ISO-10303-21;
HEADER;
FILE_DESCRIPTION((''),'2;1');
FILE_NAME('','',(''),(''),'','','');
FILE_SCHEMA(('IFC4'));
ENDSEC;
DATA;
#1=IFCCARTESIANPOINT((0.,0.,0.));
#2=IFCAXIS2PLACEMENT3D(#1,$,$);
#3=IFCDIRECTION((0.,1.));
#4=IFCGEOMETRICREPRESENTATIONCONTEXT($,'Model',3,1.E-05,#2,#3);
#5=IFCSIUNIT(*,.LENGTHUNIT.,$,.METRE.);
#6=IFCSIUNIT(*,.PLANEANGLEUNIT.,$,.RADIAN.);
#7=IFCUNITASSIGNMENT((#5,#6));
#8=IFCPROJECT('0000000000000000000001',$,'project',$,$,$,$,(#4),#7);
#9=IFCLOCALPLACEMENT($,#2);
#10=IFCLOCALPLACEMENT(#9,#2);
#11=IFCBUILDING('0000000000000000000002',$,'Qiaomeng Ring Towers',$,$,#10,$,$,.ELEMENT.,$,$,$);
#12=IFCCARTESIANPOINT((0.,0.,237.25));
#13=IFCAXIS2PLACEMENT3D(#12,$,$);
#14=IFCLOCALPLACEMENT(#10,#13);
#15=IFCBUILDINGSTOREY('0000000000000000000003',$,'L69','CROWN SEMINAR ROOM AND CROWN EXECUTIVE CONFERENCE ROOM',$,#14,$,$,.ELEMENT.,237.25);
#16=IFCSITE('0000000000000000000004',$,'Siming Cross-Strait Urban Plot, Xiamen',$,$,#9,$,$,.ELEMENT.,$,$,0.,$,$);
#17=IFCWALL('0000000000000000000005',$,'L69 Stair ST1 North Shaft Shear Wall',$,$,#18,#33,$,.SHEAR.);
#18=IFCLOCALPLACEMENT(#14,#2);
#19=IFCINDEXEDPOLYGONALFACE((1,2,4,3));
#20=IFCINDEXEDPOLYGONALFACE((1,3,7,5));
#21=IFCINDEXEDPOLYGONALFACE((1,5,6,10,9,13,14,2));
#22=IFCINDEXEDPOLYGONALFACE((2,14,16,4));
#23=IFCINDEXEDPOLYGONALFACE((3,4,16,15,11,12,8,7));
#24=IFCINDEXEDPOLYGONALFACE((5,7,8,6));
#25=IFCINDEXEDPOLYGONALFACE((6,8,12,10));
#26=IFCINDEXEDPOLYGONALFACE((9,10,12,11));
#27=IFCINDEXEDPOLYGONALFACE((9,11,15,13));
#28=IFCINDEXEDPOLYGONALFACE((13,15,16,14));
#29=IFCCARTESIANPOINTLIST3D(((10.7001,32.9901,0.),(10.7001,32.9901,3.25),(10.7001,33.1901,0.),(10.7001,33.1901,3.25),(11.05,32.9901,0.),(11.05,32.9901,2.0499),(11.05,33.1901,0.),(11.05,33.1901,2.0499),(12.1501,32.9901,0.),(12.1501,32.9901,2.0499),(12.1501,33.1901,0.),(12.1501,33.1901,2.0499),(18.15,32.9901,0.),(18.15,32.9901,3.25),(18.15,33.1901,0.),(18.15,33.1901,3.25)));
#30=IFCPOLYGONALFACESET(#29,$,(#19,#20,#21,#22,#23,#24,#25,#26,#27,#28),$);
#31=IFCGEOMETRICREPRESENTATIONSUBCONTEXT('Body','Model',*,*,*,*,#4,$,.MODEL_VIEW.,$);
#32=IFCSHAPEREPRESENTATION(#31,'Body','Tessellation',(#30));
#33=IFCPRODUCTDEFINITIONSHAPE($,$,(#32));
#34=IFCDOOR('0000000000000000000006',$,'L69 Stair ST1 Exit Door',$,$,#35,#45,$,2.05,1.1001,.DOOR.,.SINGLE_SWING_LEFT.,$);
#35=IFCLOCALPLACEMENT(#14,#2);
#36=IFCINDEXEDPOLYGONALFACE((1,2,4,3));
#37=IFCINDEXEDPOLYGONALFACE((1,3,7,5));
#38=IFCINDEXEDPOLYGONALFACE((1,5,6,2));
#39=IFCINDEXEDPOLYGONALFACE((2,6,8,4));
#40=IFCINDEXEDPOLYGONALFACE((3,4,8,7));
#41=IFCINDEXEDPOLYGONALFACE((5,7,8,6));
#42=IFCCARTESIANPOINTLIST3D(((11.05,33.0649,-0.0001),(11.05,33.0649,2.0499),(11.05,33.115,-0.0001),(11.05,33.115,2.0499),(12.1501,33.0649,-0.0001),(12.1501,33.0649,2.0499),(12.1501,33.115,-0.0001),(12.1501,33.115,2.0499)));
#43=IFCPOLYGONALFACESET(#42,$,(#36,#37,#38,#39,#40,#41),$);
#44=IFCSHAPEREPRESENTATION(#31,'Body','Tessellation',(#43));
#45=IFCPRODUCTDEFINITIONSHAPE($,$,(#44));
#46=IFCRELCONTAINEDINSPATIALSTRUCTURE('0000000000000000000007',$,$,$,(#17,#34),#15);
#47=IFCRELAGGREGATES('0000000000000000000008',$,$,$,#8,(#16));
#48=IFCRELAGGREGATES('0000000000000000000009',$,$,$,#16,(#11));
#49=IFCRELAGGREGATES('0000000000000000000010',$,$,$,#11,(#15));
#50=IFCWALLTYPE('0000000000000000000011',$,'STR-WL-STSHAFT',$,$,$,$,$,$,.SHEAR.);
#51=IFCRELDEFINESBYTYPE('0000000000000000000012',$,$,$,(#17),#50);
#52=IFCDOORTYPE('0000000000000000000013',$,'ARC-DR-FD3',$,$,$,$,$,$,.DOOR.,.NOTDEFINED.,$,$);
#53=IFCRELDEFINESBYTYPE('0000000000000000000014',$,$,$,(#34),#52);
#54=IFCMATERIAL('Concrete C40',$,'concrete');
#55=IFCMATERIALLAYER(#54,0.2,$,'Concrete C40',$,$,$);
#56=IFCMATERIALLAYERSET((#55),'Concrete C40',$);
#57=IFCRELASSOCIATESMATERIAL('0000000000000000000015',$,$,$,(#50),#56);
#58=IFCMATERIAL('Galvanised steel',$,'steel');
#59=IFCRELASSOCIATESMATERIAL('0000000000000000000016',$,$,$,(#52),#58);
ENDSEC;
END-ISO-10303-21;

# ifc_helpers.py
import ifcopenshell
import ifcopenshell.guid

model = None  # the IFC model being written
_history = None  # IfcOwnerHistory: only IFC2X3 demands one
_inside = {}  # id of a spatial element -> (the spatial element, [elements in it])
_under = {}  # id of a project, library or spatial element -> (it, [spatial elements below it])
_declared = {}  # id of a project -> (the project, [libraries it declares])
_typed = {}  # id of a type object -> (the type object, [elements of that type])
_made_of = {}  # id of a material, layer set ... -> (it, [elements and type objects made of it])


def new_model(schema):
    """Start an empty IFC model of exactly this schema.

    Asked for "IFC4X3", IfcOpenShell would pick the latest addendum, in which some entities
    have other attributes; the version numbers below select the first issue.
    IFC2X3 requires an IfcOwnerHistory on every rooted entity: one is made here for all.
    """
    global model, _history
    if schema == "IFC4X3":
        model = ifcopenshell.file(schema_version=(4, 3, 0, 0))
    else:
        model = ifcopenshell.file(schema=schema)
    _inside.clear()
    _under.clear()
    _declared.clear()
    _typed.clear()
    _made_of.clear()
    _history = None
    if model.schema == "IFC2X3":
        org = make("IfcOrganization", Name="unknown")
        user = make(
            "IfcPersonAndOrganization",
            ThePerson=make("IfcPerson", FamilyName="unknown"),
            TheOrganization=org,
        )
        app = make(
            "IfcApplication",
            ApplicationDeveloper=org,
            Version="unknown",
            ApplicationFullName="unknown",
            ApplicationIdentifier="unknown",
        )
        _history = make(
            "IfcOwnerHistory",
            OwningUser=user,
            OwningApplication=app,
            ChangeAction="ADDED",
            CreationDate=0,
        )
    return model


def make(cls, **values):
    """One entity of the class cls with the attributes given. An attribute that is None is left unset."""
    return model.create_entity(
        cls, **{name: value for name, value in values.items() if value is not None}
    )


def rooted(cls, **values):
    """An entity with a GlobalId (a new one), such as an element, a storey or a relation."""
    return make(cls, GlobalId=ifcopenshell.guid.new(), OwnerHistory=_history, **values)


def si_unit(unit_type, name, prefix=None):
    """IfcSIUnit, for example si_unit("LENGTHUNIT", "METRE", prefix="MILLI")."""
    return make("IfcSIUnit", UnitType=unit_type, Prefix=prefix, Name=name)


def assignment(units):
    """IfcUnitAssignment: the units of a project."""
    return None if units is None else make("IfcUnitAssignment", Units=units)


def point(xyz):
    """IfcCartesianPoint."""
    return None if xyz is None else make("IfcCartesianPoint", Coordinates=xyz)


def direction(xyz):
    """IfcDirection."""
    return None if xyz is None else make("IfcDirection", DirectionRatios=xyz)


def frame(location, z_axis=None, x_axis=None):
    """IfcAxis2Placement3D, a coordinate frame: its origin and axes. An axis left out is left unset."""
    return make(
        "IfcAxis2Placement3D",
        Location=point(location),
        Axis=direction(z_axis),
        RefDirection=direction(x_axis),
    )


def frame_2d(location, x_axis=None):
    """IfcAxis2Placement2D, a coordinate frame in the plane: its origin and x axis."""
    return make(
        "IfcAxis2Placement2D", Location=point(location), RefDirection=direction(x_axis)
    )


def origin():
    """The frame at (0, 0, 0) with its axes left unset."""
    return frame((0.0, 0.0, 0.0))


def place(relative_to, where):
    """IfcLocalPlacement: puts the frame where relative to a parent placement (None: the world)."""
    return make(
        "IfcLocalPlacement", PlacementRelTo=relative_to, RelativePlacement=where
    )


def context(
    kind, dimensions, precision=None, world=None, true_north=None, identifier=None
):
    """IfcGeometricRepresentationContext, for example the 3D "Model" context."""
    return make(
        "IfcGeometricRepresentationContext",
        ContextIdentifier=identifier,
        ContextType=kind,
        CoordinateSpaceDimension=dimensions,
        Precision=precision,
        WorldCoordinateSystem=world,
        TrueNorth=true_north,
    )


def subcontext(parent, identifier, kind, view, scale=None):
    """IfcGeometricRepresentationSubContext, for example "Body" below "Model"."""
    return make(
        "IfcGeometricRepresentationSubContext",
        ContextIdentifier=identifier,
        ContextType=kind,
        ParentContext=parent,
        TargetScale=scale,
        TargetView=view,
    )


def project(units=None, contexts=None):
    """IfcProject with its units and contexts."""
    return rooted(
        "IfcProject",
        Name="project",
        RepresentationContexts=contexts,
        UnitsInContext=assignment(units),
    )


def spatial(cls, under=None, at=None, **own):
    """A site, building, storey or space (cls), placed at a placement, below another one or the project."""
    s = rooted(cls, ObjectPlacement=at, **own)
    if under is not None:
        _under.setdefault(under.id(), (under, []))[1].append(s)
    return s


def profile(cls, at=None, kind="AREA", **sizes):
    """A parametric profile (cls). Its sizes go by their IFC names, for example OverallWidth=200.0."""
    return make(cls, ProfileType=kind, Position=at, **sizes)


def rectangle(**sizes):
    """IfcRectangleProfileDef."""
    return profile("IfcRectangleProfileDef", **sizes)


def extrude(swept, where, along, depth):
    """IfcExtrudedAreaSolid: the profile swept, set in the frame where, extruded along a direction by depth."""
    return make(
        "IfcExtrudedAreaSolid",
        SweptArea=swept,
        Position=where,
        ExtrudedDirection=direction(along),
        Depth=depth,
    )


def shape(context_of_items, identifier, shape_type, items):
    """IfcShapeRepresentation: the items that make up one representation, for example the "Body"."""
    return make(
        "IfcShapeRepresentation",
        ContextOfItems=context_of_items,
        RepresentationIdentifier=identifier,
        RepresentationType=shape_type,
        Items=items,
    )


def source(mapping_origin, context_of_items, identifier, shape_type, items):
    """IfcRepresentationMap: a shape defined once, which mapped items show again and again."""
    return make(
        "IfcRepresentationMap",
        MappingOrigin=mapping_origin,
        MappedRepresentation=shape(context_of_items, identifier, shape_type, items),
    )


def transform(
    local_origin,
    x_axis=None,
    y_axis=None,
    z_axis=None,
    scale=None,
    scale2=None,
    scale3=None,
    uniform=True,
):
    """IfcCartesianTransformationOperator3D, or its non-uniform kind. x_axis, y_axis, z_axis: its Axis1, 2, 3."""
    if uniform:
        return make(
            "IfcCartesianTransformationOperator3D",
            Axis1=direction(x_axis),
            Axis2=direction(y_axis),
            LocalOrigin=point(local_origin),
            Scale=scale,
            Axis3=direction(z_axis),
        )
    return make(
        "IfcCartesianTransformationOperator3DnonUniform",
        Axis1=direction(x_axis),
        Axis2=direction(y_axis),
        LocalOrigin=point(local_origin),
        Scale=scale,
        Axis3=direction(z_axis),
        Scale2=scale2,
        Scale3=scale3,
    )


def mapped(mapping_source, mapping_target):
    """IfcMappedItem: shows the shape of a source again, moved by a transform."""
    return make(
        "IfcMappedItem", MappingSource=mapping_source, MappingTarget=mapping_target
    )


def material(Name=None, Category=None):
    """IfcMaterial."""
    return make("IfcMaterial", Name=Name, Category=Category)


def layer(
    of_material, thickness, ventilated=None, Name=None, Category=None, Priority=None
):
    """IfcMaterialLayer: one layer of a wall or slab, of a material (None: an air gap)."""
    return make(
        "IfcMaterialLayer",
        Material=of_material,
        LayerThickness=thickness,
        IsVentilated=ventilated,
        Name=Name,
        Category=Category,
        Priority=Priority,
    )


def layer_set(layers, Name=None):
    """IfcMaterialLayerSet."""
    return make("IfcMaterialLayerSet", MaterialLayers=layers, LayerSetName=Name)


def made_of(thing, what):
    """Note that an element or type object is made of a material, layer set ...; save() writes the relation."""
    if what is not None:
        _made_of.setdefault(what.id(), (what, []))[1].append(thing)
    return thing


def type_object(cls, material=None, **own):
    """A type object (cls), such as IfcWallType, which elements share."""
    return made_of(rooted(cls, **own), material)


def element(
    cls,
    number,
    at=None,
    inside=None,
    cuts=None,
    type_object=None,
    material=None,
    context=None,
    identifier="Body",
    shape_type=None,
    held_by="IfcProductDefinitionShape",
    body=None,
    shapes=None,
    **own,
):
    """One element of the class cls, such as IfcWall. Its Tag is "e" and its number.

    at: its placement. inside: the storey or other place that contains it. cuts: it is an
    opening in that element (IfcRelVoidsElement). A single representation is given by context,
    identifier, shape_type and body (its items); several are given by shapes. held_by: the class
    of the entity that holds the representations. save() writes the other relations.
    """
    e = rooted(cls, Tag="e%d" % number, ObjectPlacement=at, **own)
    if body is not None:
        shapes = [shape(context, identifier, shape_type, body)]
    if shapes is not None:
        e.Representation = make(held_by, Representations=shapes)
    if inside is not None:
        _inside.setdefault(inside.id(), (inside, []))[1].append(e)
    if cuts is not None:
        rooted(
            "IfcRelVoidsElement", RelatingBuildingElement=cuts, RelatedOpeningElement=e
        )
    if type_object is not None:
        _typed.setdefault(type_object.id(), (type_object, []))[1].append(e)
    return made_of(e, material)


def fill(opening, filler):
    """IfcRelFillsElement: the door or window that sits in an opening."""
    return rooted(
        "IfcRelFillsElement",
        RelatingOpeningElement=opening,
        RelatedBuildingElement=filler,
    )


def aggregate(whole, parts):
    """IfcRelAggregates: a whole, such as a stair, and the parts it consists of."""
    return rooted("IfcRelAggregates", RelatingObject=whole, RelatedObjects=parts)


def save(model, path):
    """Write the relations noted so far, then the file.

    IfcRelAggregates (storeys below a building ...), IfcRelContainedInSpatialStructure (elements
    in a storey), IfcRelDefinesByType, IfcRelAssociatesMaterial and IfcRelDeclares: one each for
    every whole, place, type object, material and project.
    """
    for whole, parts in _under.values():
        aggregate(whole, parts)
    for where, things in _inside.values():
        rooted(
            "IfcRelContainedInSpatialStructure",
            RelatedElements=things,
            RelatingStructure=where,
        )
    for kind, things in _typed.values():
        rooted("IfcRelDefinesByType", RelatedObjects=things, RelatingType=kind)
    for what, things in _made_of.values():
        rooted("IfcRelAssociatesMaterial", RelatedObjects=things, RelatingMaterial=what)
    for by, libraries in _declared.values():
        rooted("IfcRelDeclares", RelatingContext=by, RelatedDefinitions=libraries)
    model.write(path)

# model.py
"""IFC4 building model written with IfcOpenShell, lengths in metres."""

from ifc_helpers import new_model, si_unit, direction, frame, frame_2d, origin, place, context, subcontext, project, spatial, rectangle, extrude, source, transform, mapped, material, layer, layer_set, type_object, element, fill, save


model = new_model("IFC4")

# Units and contexts
model_context = context("Model", 3, precision=1e-05, world=origin(), true_north=direction((0.0, 1.0)))
body_context = subcontext(model_context, "Body", "Model", "MODEL_VIEW")
ifc_project = project(units=[si_unit("LENGTHUNIT", "METRE"), si_unit("PLANEANGLEUNIT", "RADIAN")], contexts=[model_context])

# Site, building, storey
site_placement = place(None, origin())
site = spatial("IfcSite", under=ifc_project, at=site_placement, Name="Siming Cross-Strait Urban Plot, Xiamen", CompositionType="ELEMENT", RefElevation=0.0)
building_placement = place(site_placement, origin())
building = spatial("IfcBuilding", under=site, at=building_placement, Name="Qiaomeng Ring Towers", CompositionType="ELEMENT")
storey_placement = place(building_placement, frame((0.0, 0.0, 237.25)))
storey = spatial("IfcBuildingStorey", under=building, at=storey_placement, Name="L69", Description="CROWN SEMINAR ROOM AND CROWN EXECUTIVE CONFERENCE ROOM", CompositionType="ELEMENT", Elevation=237.25)

# Shared definitions
ifc_material_1 = material(Name="Concrete C40", Category="concrete")

# Shared definitions
ifc_layer_1 = layer(ifc_material_1, 0.2, Name="Concrete C40")
ifc_layer_set_1 = layer_set([ifc_layer_1], Name="Concrete C40")
wall_type_1 = type_object("IfcWallType", Name="STR-WL-STSHAFT", PredefinedType="SHEAR", material=ifc_layer_set_1)

# Wall, opening, door
wall_1_placement = place(storey_placement, frame((10.7, 33.0901, 0.0), z_axis=(0.0, 0.0, 1.0), x_axis=(1.0, 0.0, 0.0)))
wall_1 = element("IfcWall", 1, at=wall_1_placement, inside=storey, type_object=wall_type_1, Name="L69 Stair ST1 North Shaft Shear Wall", PredefinedType="SHEAR", context=body_context, shape_type="SweptSolid", body=[
    extrude(rectangle(XDim=7.45, YDim=0.2, at=frame_2d((3.7251, 0.0))), origin(), (0.0, 0.0, 1.0), 3.25),
])
opening_1_placement = place(wall_1_placement, frame((0.3501, 0.0, 0.0)))
opening_1 = element("IfcOpeningElement", 2, at=opening_1_placement, cuts=wall_1, PredefinedType="OPENING", context=body_context, shape_type="SweptSolid", body=[
    extrude(rectangle(XDim=1.1001, YDim=2.05, at=frame_2d((0.55, 1.0249))), frame((0.0, 0.1099, 0.0), z_axis=(0.0, -1.0, 0.0), x_axis=(1.0, 0.0, 0.0)), (0.0, 0.0, 1.0), 0.22),
])
ifc_material_2 = material(Name="Galvanised steel", Category="steel")
door_type_1 = type_object("IfcDoorType", Name="ARC-DR-FD3", OperationType="NOTDEFINED", PredefinedType="DOOR", material=ifc_material_2)
shared_shape_1 = source(origin(), body_context, "Body", "SweptSolid", [
    extrude(rectangle(XDim=1.1001, YDim=2.05, at=frame_2d((0.55, 1.0249))), frame((0.0, 0.0249, 0.0), z_axis=(0.0, -1.0, 0.0), x_axis=(1.0, 0.0, 0.0)), (0.0, 0.0, 1.0), 0.05),
])
door_1_placement = place(opening_1_placement, origin())
door_1 = element("IfcDoor", 3, at=door_1_placement, inside=storey, type_object=door_type_1, Name="L69 Stair ST1 Exit Door", OperationType="SINGLE_SWING_LEFT", OverallHeight=2.05, OverallWidth=1.1001, PredefinedType="DOOR", context=body_context, shape_type="MappedRepresentation", body=[
    mapped(shared_shape_1, transform((0.0, 0.0, 0.0), x_axis=(1.0, 0.0, 0.0), y_axis=(0.0, 1.0, 0.0), z_axis=(0.0, 0.0, 1.0), scale=1.0)),
])
fill(opening_1, door_1)

save(model, "model.ifc")
